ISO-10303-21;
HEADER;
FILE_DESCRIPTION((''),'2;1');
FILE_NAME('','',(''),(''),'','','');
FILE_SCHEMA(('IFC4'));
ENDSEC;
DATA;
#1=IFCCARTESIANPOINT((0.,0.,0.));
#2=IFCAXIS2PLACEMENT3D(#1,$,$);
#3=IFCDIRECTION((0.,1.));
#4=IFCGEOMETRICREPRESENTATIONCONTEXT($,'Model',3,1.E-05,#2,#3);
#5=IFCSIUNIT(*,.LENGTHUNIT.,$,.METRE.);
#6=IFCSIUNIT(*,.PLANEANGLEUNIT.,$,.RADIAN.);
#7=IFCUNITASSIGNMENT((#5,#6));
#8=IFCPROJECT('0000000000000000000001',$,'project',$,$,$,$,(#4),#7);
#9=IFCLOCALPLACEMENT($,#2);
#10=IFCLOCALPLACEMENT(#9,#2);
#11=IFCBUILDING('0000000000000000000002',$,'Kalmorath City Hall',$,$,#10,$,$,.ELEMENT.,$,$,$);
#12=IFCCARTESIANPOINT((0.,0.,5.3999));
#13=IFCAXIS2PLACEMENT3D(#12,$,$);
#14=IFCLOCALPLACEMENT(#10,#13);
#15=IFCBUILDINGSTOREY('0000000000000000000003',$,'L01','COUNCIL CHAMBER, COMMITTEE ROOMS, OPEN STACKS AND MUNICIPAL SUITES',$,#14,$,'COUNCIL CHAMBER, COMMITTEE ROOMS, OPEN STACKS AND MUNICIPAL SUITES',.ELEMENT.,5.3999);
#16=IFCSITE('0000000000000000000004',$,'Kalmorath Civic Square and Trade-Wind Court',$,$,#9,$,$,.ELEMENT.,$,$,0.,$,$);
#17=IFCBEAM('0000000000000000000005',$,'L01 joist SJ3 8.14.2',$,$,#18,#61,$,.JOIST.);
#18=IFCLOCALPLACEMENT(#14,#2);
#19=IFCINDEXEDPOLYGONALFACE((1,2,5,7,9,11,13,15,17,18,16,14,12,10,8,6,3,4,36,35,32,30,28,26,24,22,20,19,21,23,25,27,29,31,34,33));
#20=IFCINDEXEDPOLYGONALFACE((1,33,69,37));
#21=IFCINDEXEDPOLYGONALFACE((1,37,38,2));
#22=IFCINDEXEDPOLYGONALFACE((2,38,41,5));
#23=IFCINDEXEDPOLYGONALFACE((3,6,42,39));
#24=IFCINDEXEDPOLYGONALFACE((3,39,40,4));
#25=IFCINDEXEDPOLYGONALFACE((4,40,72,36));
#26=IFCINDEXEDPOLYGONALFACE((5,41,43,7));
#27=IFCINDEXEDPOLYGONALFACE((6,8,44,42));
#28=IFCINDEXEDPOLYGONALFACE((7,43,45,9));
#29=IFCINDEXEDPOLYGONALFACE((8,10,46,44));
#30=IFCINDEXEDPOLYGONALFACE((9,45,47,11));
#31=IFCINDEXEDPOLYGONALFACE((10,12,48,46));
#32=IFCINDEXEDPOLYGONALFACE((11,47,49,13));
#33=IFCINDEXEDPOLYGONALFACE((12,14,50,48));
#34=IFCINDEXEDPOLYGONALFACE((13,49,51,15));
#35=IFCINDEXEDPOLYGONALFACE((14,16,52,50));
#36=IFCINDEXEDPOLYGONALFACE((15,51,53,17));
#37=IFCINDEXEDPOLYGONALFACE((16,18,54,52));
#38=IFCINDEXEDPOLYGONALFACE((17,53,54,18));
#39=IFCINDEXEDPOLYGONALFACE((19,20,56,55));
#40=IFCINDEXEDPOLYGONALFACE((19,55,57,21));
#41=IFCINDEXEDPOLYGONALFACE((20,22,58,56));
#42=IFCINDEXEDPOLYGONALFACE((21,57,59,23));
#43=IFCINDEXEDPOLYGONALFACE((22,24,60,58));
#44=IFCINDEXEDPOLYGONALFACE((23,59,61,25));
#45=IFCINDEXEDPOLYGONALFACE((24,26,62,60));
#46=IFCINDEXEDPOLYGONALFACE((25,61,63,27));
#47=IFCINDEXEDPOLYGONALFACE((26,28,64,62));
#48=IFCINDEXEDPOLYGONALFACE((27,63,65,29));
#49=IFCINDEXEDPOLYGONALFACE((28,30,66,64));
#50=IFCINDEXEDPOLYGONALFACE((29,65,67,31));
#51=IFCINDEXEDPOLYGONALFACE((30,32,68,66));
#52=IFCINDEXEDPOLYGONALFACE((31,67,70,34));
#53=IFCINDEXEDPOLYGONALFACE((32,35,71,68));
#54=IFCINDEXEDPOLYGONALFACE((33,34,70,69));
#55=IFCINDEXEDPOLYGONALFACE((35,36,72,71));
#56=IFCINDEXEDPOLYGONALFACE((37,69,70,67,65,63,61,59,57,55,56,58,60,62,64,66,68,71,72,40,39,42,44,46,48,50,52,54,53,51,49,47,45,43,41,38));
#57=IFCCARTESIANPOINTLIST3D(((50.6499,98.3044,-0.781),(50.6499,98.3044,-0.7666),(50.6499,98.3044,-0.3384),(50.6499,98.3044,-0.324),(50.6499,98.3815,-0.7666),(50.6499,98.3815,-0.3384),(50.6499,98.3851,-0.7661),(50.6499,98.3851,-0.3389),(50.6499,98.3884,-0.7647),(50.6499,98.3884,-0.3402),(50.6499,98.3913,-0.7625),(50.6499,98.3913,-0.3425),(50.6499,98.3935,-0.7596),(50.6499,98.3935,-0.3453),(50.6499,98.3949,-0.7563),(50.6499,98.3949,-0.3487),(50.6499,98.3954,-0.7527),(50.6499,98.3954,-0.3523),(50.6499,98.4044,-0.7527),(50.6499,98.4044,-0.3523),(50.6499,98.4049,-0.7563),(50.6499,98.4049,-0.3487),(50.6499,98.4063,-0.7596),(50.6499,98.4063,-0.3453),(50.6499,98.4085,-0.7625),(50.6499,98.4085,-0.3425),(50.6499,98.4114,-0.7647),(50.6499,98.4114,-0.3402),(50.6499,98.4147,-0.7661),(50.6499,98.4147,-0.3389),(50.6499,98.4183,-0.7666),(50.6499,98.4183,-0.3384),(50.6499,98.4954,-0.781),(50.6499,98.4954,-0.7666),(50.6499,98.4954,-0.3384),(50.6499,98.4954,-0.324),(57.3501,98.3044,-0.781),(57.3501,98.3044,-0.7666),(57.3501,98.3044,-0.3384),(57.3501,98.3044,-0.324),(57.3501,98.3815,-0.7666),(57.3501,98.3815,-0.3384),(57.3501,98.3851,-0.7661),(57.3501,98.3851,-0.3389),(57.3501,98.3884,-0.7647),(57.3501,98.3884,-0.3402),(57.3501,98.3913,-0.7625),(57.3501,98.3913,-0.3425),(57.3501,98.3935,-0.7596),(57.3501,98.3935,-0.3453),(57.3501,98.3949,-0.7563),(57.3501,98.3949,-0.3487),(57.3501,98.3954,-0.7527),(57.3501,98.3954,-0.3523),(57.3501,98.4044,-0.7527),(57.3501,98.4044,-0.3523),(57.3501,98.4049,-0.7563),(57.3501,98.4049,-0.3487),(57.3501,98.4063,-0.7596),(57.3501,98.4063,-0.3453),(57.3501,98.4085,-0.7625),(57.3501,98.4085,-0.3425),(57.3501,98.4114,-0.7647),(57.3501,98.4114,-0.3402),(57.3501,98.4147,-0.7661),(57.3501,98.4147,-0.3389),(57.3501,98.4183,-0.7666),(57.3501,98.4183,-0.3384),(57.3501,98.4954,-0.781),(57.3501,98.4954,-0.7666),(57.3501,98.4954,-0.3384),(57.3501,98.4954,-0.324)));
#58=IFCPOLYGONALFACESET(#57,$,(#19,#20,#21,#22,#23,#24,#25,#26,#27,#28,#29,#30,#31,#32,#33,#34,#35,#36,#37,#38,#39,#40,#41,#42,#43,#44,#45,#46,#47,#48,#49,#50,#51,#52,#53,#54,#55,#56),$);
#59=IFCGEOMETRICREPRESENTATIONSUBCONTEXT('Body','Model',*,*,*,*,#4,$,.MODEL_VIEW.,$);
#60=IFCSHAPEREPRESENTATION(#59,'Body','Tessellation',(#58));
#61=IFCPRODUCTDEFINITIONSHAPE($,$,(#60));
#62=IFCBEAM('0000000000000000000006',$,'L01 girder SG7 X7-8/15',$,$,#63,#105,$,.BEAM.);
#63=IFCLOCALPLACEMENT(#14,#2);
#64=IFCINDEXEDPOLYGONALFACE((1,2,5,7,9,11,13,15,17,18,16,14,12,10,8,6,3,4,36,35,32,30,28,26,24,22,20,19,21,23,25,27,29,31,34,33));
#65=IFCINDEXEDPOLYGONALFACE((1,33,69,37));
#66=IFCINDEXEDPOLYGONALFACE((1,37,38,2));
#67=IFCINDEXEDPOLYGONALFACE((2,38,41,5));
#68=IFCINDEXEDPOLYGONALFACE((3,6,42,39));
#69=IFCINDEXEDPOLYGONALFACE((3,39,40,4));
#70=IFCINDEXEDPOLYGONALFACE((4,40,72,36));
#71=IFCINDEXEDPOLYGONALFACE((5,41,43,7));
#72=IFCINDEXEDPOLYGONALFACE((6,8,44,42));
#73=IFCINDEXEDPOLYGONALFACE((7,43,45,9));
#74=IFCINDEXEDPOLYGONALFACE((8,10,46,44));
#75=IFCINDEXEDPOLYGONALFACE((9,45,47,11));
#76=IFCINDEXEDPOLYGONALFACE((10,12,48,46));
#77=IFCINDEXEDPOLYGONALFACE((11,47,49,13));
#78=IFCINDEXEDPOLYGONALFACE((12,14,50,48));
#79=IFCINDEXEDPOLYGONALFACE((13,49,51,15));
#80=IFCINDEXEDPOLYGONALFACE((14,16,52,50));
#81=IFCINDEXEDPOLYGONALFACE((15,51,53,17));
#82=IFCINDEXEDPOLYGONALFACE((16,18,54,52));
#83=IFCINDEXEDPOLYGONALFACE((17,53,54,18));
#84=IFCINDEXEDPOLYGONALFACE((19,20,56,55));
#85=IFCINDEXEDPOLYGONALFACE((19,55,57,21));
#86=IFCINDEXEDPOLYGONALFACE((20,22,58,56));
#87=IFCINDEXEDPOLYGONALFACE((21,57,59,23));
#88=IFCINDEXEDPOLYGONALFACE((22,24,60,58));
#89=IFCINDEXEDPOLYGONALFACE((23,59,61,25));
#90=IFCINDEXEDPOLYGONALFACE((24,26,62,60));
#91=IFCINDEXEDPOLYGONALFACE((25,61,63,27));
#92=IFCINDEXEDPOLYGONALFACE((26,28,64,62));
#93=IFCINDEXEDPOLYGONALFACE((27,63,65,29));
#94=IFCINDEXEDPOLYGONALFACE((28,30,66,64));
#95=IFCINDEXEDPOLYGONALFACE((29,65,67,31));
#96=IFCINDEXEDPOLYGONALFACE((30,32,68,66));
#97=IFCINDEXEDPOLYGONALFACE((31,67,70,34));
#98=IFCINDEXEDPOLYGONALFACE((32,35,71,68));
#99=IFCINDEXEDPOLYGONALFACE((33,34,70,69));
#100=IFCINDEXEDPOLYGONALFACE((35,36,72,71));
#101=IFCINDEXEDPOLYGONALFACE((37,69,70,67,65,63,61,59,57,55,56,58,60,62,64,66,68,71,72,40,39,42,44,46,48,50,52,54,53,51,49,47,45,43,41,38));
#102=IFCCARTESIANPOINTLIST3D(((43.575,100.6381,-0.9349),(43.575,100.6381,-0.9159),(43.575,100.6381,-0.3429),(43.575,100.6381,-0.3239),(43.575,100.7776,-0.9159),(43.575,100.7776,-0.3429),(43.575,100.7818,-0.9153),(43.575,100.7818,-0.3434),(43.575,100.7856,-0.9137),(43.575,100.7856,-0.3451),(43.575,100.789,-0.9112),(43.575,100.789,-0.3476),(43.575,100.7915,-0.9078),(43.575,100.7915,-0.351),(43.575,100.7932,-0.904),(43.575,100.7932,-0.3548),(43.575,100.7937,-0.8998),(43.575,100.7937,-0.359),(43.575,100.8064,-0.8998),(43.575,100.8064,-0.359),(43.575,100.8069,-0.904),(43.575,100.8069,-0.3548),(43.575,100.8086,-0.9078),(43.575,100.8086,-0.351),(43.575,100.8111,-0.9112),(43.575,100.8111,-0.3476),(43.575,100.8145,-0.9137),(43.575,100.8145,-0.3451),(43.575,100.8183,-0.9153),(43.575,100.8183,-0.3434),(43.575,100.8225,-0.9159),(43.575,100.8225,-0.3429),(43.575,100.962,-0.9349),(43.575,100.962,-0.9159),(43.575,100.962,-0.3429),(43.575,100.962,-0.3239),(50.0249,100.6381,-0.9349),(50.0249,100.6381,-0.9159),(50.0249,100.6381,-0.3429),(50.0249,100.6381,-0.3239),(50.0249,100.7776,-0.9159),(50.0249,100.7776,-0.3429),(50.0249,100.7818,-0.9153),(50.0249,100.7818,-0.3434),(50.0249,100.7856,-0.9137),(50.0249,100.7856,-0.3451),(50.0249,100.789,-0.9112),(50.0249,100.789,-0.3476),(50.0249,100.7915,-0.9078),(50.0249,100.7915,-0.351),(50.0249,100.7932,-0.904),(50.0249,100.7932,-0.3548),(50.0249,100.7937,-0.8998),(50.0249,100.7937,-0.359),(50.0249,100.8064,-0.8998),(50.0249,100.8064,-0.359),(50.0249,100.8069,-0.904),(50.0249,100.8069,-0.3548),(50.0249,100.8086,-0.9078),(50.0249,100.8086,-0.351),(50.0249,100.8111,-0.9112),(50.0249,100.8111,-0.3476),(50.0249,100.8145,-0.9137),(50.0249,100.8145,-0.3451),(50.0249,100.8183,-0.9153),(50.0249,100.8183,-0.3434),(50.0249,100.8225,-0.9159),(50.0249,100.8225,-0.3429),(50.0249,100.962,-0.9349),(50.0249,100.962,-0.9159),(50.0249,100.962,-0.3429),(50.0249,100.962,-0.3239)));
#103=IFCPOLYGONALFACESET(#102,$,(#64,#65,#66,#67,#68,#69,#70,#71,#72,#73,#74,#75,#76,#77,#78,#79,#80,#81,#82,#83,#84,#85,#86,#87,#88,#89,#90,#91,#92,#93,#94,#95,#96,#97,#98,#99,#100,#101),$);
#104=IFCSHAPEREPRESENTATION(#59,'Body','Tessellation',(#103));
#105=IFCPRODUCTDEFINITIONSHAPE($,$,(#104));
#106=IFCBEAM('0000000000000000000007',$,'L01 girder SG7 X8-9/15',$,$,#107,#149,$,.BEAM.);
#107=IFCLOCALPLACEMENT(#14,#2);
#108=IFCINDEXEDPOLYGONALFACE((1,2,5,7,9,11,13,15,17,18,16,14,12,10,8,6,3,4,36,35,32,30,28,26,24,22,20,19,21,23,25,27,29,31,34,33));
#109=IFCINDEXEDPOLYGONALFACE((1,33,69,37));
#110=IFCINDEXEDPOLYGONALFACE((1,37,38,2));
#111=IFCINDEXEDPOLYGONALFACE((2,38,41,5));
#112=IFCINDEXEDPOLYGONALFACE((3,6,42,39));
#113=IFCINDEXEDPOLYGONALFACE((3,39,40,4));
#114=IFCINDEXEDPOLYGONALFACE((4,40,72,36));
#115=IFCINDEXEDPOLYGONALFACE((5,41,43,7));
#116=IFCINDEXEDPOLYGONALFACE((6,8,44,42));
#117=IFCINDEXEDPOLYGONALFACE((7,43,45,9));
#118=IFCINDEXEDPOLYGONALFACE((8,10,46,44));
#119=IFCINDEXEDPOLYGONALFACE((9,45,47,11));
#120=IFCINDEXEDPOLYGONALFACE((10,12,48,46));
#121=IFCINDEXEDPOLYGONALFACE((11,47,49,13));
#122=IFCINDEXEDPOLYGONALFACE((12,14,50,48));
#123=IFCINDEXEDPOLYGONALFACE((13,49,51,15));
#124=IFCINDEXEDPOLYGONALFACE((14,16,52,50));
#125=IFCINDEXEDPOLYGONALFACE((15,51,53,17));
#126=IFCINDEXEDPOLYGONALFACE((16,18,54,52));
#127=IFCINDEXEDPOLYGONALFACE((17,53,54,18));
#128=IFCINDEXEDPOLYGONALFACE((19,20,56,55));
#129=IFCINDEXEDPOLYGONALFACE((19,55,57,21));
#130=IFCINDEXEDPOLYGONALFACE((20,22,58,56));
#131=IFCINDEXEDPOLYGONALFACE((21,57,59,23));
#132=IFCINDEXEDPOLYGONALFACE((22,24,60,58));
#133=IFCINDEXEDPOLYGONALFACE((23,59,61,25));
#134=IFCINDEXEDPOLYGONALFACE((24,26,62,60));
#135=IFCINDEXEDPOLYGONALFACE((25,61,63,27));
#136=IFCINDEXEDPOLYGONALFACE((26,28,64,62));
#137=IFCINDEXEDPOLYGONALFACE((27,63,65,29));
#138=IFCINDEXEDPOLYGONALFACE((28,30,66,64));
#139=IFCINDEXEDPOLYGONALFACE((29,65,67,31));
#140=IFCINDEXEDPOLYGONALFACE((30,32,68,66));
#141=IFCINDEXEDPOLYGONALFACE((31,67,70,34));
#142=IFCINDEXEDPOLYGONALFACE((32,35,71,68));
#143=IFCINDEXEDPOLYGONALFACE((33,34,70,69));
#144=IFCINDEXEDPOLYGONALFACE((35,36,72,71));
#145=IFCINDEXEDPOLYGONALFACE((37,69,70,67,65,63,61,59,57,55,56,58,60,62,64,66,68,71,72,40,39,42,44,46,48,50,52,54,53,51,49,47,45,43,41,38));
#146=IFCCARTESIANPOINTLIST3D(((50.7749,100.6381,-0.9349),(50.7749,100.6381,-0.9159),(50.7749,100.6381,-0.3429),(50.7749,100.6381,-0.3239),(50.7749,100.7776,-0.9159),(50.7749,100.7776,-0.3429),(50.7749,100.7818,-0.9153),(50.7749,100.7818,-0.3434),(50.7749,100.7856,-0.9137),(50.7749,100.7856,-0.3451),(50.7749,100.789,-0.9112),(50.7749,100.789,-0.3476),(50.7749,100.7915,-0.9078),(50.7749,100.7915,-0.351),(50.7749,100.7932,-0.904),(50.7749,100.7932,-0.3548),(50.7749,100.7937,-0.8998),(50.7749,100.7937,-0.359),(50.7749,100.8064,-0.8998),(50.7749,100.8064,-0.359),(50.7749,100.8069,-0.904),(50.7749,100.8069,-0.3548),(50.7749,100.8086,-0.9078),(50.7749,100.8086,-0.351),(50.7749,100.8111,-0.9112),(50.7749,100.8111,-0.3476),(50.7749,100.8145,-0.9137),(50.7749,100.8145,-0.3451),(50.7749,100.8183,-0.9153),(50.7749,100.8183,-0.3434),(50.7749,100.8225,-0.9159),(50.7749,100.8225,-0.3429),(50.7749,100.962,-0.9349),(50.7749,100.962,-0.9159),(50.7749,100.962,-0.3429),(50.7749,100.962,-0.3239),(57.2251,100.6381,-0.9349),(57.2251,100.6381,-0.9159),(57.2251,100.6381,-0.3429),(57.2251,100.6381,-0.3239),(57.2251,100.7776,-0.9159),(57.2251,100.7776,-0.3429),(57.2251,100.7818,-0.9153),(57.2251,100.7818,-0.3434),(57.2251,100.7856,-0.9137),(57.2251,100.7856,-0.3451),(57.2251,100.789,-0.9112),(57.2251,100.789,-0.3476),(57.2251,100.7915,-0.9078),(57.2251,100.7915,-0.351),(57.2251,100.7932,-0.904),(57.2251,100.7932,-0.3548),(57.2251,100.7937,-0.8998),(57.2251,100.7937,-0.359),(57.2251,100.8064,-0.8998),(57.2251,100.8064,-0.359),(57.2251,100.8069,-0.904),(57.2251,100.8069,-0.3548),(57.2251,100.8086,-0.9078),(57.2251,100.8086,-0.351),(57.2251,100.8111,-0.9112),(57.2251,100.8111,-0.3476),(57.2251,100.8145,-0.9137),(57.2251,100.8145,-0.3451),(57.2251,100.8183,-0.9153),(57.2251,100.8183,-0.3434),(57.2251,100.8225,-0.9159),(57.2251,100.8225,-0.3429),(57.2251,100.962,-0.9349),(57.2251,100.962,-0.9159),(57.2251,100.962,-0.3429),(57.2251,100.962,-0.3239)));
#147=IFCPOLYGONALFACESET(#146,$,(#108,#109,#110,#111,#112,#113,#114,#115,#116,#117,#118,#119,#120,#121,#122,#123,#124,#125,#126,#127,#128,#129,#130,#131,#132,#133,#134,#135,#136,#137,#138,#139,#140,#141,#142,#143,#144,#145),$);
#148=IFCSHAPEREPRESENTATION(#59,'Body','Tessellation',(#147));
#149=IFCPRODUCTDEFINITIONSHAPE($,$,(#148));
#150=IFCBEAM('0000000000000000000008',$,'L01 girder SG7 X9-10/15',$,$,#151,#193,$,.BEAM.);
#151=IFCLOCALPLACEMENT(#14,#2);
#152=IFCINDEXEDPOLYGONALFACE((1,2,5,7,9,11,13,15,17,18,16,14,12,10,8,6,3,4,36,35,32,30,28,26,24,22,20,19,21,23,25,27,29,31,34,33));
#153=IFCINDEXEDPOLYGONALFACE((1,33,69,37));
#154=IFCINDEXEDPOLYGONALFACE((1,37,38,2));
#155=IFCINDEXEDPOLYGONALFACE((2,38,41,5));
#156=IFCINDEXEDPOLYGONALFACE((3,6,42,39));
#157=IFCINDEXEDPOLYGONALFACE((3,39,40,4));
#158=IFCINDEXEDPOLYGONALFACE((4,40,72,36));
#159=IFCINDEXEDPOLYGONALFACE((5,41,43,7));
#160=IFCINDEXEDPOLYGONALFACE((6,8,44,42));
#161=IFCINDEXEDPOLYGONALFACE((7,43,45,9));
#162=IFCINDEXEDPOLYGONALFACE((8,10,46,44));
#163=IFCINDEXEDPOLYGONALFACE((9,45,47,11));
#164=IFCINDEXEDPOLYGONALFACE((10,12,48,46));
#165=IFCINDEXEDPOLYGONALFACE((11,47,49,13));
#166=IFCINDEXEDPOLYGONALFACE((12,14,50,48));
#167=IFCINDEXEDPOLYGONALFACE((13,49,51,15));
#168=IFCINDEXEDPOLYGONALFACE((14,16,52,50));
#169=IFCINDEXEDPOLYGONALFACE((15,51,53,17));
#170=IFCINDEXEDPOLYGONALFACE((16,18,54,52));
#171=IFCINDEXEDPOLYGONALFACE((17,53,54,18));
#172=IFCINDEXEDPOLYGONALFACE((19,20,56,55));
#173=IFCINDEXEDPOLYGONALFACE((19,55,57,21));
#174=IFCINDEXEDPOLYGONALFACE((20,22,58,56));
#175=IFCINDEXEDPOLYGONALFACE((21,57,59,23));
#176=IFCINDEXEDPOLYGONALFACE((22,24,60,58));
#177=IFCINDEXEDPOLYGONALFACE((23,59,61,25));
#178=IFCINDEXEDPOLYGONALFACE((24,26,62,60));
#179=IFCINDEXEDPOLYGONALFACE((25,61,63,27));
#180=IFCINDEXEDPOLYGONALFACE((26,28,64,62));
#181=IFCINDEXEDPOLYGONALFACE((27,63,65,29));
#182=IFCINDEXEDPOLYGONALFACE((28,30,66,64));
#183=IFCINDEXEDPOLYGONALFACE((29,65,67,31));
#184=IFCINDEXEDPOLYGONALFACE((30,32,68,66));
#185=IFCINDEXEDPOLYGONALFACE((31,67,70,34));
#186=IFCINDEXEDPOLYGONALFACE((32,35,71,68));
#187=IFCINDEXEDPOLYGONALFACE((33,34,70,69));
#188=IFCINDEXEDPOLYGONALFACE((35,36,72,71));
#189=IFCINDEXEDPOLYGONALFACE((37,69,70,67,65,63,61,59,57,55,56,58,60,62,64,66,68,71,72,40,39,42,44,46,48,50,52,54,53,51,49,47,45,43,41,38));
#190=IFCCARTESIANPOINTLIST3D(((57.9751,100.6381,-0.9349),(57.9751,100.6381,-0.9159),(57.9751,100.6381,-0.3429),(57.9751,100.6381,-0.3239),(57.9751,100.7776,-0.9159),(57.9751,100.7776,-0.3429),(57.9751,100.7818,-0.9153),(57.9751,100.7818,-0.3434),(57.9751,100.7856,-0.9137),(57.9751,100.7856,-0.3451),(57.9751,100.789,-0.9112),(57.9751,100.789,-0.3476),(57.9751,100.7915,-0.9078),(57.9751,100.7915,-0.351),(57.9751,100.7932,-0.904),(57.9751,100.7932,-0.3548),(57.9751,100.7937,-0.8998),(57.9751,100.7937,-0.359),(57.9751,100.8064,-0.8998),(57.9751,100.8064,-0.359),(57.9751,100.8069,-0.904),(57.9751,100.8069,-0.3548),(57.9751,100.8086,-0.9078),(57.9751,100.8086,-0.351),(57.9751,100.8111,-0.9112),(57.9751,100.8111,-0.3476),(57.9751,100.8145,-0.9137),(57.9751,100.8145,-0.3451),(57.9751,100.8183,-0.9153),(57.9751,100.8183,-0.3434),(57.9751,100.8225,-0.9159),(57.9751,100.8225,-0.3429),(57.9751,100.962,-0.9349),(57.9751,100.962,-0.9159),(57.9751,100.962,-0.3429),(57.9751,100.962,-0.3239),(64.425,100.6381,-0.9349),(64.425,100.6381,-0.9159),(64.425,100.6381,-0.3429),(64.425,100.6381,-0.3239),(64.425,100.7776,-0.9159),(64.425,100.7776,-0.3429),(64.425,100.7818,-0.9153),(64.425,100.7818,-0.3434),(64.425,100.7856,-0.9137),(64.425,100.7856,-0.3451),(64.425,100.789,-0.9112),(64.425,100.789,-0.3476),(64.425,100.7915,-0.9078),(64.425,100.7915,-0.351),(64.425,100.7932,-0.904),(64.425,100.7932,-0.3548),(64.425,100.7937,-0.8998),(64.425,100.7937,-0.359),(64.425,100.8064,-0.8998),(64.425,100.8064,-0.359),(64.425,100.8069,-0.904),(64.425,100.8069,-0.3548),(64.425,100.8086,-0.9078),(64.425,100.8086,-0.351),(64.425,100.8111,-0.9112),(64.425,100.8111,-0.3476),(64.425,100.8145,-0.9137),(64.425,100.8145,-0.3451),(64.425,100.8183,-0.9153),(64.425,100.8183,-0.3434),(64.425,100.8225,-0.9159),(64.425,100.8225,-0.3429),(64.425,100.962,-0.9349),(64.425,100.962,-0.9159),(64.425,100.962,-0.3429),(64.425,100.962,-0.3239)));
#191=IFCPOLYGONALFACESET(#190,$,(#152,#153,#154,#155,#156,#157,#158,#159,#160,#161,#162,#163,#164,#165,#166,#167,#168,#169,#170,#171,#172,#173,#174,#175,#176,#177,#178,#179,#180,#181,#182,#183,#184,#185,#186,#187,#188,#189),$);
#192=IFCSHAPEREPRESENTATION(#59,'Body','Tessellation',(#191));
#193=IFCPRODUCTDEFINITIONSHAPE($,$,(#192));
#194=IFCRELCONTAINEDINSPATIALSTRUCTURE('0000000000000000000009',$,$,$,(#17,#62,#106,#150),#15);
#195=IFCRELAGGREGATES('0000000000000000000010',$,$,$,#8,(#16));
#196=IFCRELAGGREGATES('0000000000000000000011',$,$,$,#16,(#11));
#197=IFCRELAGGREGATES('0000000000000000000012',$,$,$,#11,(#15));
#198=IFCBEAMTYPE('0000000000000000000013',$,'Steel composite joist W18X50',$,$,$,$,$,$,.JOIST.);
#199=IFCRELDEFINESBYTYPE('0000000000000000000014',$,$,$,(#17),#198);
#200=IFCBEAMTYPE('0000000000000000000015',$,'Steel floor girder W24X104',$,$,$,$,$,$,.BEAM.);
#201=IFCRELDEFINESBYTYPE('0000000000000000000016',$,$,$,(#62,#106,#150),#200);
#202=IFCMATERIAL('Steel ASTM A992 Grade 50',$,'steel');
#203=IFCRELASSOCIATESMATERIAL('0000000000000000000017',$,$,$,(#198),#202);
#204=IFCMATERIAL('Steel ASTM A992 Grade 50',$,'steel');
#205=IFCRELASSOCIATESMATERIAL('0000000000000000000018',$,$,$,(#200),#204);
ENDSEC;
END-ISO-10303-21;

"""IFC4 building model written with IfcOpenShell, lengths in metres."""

from ifc_helpers import new_model, si_unit, direction, frame, origin, origin_2d, place, context, subcontext, project, spatial, i_section, extrude, material, material_profile, profile_set, type_object, element, save


model = new_model("IFC4")

# Units and contexts
model_context = context("Model", 3, precision=1e-05, world=origin(), true_north=direction((0.0, 1.0)))
body_context = subcontext(model_context, "Body", "Model", "MODEL_VIEW")
ifc_project = project(units=[si_unit("LENGTHUNIT", "METRE"), si_unit("PLANEANGLEUNIT", "RADIAN")], contexts=[model_context])

# Site, building, storey
site_placement = place(None, origin())
site = spatial("IfcSite", under=ifc_project, at=site_placement, Name="Kalmorath Civic Square and Trade-Wind Court", CompositionType="ELEMENT", RefElevation=0.0)
building_placement = place(site_placement, origin())
building = spatial("IfcBuilding", under=site, at=building_placement, Name="Kalmorath City Hall", CompositionType="ELEMENT")
storey_placement = place(building_placement, frame((0.0, 0.0, 5.3999)))
storey = spatial("IfcBuildingStorey", under=building, at=storey_placement, Name="L01", Description="COUNCIL CHAMBER, COMMITTEE ROOMS, OPEN STACKS AND MUNICIPAL SUITES", LongName="COUNCIL CHAMBER, COMMITTEE ROOMS, OPEN STACKS AND MUNICIPAL SUITES", CompositionType="ELEMENT", Elevation=5.3999)

# Beams
ifc_material_1 = material(Name="Steel ASTM A992 Grade 50", Category="steel")
ifc_material_profile_1 = material_profile(ifc_material_1, i_section(OverallWidth=0.1909, OverallDepth=0.457, WebThickness=0.009, FlangeThickness=0.0144, FilletRadius=0.0139, at=origin_2d()), Name="W18X50")
ifc_profile_set_1 = profile_set([ifc_material_profile_1], Name="Steel ASTM A992 Grade 50")
beam_type_1 = type_object("IfcBeamType", Name="Steel composite joist W18X50", PredefinedType="JOIST", material=ifc_profile_set_1)
for number, where, z_axis, x_axis, name in (
    (1, (50.6499, 98.3999, -0.5525), (1.0, 0.0, 0.0), (0.0, 1.0, 0.0), "L01 joist SJ3 8.14.2"),
):
    element("IfcBeam", number, at=place(storey_placement, frame(where, z_axis=z_axis, x_axis=x_axis)), inside=storey, type_object=beam_type_1, Name=name, PredefinedType="JOIST", context=body_context, shape_type="SweptSolid", body=[
        extrude(i_section(OverallWidth=0.1909, OverallDepth=0.457, WebThickness=0.009, FlangeThickness=0.0144, FilletRadius=0.0139, at=origin_2d()), origin(), (0.0, 0.0, 1.0), 6.7002),
    ])
ifc_material_2 = material(Name="Steel ASTM A992 Grade 50", Category="steel")
ifc_material_profile_2 = material_profile(ifc_material_2, i_section(OverallWidth=0.324, OverallDepth=0.6111, WebThickness=0.0127, FlangeThickness=0.019, FilletRadius=0.0161, at=origin_2d()), Name="W24X104")
ifc_profile_set_2 = profile_set([ifc_material_profile_2], Name="Steel ASTM A992 Grade 50")
beam_type_2 = type_object("IfcBeamType", Name="Steel floor girder W24X104", PredefinedType="BEAM", material=ifc_profile_set_2)
beam_1_placement = place(storey_placement, frame((43.575, 100.8, -0.6294), z_axis=(1.0, 0.0, 0.0), x_axis=(0.0, 1.0, 0.0)))
element("IfcBeam", 2, at=beam_1_placement, inside=storey, type_object=beam_type_2, Name="L01 girder SG7 X7-8/15", PredefinedType="BEAM", context=body_context, shape_type="SweptSolid", body=[
    extrude(i_section(OverallWidth=0.324, OverallDepth=0.6111, WebThickness=0.0127, FlangeThickness=0.019, FilletRadius=0.0161, at=origin_2d()), origin(), (0.0, 0.0, 1.0), 6.45),
])
beam_2_placement = place(storey_placement, frame((50.7749, 100.8, -0.6294), z_axis=(1.0, 0.0, 0.0), x_axis=(0.0, 1.0, 0.0)))
element("IfcBeam", 3, at=beam_2_placement, inside=storey, type_object=beam_type_2, Name="L01 girder SG7 X8-9/15", PredefinedType="BEAM", context=body_context, shape_type="SweptSolid", body=[
    extrude(i_section(OverallWidth=0.324, OverallDepth=0.6111, WebThickness=0.0127, FlangeThickness=0.019, FilletRadius=0.0161, at=origin_2d()), origin(), (0.0, 0.0, 1.0), 6.4502),
])
beam_3_placement = place(storey_placement, frame((57.9751, 100.8, -0.6294), z_axis=(1.0, 0.0, 0.0), x_axis=(0.0, 1.0, 0.0)))
element("IfcBeam", 4, at=beam_3_placement, inside=storey, type_object=beam_type_2, Name="L01 girder SG7 X9-10/15", PredefinedType="BEAM", context=body_context, shape_type="SweptSolid", body=[
    extrude(i_section(OverallWidth=0.324, OverallDepth=0.6111, WebThickness=0.0127, FlangeThickness=0.019, FilletRadius=0.0161, at=origin_2d()), origin(), (0.0, 0.0, 1.0), 6.45),
])

save(model, "model.ifc")
